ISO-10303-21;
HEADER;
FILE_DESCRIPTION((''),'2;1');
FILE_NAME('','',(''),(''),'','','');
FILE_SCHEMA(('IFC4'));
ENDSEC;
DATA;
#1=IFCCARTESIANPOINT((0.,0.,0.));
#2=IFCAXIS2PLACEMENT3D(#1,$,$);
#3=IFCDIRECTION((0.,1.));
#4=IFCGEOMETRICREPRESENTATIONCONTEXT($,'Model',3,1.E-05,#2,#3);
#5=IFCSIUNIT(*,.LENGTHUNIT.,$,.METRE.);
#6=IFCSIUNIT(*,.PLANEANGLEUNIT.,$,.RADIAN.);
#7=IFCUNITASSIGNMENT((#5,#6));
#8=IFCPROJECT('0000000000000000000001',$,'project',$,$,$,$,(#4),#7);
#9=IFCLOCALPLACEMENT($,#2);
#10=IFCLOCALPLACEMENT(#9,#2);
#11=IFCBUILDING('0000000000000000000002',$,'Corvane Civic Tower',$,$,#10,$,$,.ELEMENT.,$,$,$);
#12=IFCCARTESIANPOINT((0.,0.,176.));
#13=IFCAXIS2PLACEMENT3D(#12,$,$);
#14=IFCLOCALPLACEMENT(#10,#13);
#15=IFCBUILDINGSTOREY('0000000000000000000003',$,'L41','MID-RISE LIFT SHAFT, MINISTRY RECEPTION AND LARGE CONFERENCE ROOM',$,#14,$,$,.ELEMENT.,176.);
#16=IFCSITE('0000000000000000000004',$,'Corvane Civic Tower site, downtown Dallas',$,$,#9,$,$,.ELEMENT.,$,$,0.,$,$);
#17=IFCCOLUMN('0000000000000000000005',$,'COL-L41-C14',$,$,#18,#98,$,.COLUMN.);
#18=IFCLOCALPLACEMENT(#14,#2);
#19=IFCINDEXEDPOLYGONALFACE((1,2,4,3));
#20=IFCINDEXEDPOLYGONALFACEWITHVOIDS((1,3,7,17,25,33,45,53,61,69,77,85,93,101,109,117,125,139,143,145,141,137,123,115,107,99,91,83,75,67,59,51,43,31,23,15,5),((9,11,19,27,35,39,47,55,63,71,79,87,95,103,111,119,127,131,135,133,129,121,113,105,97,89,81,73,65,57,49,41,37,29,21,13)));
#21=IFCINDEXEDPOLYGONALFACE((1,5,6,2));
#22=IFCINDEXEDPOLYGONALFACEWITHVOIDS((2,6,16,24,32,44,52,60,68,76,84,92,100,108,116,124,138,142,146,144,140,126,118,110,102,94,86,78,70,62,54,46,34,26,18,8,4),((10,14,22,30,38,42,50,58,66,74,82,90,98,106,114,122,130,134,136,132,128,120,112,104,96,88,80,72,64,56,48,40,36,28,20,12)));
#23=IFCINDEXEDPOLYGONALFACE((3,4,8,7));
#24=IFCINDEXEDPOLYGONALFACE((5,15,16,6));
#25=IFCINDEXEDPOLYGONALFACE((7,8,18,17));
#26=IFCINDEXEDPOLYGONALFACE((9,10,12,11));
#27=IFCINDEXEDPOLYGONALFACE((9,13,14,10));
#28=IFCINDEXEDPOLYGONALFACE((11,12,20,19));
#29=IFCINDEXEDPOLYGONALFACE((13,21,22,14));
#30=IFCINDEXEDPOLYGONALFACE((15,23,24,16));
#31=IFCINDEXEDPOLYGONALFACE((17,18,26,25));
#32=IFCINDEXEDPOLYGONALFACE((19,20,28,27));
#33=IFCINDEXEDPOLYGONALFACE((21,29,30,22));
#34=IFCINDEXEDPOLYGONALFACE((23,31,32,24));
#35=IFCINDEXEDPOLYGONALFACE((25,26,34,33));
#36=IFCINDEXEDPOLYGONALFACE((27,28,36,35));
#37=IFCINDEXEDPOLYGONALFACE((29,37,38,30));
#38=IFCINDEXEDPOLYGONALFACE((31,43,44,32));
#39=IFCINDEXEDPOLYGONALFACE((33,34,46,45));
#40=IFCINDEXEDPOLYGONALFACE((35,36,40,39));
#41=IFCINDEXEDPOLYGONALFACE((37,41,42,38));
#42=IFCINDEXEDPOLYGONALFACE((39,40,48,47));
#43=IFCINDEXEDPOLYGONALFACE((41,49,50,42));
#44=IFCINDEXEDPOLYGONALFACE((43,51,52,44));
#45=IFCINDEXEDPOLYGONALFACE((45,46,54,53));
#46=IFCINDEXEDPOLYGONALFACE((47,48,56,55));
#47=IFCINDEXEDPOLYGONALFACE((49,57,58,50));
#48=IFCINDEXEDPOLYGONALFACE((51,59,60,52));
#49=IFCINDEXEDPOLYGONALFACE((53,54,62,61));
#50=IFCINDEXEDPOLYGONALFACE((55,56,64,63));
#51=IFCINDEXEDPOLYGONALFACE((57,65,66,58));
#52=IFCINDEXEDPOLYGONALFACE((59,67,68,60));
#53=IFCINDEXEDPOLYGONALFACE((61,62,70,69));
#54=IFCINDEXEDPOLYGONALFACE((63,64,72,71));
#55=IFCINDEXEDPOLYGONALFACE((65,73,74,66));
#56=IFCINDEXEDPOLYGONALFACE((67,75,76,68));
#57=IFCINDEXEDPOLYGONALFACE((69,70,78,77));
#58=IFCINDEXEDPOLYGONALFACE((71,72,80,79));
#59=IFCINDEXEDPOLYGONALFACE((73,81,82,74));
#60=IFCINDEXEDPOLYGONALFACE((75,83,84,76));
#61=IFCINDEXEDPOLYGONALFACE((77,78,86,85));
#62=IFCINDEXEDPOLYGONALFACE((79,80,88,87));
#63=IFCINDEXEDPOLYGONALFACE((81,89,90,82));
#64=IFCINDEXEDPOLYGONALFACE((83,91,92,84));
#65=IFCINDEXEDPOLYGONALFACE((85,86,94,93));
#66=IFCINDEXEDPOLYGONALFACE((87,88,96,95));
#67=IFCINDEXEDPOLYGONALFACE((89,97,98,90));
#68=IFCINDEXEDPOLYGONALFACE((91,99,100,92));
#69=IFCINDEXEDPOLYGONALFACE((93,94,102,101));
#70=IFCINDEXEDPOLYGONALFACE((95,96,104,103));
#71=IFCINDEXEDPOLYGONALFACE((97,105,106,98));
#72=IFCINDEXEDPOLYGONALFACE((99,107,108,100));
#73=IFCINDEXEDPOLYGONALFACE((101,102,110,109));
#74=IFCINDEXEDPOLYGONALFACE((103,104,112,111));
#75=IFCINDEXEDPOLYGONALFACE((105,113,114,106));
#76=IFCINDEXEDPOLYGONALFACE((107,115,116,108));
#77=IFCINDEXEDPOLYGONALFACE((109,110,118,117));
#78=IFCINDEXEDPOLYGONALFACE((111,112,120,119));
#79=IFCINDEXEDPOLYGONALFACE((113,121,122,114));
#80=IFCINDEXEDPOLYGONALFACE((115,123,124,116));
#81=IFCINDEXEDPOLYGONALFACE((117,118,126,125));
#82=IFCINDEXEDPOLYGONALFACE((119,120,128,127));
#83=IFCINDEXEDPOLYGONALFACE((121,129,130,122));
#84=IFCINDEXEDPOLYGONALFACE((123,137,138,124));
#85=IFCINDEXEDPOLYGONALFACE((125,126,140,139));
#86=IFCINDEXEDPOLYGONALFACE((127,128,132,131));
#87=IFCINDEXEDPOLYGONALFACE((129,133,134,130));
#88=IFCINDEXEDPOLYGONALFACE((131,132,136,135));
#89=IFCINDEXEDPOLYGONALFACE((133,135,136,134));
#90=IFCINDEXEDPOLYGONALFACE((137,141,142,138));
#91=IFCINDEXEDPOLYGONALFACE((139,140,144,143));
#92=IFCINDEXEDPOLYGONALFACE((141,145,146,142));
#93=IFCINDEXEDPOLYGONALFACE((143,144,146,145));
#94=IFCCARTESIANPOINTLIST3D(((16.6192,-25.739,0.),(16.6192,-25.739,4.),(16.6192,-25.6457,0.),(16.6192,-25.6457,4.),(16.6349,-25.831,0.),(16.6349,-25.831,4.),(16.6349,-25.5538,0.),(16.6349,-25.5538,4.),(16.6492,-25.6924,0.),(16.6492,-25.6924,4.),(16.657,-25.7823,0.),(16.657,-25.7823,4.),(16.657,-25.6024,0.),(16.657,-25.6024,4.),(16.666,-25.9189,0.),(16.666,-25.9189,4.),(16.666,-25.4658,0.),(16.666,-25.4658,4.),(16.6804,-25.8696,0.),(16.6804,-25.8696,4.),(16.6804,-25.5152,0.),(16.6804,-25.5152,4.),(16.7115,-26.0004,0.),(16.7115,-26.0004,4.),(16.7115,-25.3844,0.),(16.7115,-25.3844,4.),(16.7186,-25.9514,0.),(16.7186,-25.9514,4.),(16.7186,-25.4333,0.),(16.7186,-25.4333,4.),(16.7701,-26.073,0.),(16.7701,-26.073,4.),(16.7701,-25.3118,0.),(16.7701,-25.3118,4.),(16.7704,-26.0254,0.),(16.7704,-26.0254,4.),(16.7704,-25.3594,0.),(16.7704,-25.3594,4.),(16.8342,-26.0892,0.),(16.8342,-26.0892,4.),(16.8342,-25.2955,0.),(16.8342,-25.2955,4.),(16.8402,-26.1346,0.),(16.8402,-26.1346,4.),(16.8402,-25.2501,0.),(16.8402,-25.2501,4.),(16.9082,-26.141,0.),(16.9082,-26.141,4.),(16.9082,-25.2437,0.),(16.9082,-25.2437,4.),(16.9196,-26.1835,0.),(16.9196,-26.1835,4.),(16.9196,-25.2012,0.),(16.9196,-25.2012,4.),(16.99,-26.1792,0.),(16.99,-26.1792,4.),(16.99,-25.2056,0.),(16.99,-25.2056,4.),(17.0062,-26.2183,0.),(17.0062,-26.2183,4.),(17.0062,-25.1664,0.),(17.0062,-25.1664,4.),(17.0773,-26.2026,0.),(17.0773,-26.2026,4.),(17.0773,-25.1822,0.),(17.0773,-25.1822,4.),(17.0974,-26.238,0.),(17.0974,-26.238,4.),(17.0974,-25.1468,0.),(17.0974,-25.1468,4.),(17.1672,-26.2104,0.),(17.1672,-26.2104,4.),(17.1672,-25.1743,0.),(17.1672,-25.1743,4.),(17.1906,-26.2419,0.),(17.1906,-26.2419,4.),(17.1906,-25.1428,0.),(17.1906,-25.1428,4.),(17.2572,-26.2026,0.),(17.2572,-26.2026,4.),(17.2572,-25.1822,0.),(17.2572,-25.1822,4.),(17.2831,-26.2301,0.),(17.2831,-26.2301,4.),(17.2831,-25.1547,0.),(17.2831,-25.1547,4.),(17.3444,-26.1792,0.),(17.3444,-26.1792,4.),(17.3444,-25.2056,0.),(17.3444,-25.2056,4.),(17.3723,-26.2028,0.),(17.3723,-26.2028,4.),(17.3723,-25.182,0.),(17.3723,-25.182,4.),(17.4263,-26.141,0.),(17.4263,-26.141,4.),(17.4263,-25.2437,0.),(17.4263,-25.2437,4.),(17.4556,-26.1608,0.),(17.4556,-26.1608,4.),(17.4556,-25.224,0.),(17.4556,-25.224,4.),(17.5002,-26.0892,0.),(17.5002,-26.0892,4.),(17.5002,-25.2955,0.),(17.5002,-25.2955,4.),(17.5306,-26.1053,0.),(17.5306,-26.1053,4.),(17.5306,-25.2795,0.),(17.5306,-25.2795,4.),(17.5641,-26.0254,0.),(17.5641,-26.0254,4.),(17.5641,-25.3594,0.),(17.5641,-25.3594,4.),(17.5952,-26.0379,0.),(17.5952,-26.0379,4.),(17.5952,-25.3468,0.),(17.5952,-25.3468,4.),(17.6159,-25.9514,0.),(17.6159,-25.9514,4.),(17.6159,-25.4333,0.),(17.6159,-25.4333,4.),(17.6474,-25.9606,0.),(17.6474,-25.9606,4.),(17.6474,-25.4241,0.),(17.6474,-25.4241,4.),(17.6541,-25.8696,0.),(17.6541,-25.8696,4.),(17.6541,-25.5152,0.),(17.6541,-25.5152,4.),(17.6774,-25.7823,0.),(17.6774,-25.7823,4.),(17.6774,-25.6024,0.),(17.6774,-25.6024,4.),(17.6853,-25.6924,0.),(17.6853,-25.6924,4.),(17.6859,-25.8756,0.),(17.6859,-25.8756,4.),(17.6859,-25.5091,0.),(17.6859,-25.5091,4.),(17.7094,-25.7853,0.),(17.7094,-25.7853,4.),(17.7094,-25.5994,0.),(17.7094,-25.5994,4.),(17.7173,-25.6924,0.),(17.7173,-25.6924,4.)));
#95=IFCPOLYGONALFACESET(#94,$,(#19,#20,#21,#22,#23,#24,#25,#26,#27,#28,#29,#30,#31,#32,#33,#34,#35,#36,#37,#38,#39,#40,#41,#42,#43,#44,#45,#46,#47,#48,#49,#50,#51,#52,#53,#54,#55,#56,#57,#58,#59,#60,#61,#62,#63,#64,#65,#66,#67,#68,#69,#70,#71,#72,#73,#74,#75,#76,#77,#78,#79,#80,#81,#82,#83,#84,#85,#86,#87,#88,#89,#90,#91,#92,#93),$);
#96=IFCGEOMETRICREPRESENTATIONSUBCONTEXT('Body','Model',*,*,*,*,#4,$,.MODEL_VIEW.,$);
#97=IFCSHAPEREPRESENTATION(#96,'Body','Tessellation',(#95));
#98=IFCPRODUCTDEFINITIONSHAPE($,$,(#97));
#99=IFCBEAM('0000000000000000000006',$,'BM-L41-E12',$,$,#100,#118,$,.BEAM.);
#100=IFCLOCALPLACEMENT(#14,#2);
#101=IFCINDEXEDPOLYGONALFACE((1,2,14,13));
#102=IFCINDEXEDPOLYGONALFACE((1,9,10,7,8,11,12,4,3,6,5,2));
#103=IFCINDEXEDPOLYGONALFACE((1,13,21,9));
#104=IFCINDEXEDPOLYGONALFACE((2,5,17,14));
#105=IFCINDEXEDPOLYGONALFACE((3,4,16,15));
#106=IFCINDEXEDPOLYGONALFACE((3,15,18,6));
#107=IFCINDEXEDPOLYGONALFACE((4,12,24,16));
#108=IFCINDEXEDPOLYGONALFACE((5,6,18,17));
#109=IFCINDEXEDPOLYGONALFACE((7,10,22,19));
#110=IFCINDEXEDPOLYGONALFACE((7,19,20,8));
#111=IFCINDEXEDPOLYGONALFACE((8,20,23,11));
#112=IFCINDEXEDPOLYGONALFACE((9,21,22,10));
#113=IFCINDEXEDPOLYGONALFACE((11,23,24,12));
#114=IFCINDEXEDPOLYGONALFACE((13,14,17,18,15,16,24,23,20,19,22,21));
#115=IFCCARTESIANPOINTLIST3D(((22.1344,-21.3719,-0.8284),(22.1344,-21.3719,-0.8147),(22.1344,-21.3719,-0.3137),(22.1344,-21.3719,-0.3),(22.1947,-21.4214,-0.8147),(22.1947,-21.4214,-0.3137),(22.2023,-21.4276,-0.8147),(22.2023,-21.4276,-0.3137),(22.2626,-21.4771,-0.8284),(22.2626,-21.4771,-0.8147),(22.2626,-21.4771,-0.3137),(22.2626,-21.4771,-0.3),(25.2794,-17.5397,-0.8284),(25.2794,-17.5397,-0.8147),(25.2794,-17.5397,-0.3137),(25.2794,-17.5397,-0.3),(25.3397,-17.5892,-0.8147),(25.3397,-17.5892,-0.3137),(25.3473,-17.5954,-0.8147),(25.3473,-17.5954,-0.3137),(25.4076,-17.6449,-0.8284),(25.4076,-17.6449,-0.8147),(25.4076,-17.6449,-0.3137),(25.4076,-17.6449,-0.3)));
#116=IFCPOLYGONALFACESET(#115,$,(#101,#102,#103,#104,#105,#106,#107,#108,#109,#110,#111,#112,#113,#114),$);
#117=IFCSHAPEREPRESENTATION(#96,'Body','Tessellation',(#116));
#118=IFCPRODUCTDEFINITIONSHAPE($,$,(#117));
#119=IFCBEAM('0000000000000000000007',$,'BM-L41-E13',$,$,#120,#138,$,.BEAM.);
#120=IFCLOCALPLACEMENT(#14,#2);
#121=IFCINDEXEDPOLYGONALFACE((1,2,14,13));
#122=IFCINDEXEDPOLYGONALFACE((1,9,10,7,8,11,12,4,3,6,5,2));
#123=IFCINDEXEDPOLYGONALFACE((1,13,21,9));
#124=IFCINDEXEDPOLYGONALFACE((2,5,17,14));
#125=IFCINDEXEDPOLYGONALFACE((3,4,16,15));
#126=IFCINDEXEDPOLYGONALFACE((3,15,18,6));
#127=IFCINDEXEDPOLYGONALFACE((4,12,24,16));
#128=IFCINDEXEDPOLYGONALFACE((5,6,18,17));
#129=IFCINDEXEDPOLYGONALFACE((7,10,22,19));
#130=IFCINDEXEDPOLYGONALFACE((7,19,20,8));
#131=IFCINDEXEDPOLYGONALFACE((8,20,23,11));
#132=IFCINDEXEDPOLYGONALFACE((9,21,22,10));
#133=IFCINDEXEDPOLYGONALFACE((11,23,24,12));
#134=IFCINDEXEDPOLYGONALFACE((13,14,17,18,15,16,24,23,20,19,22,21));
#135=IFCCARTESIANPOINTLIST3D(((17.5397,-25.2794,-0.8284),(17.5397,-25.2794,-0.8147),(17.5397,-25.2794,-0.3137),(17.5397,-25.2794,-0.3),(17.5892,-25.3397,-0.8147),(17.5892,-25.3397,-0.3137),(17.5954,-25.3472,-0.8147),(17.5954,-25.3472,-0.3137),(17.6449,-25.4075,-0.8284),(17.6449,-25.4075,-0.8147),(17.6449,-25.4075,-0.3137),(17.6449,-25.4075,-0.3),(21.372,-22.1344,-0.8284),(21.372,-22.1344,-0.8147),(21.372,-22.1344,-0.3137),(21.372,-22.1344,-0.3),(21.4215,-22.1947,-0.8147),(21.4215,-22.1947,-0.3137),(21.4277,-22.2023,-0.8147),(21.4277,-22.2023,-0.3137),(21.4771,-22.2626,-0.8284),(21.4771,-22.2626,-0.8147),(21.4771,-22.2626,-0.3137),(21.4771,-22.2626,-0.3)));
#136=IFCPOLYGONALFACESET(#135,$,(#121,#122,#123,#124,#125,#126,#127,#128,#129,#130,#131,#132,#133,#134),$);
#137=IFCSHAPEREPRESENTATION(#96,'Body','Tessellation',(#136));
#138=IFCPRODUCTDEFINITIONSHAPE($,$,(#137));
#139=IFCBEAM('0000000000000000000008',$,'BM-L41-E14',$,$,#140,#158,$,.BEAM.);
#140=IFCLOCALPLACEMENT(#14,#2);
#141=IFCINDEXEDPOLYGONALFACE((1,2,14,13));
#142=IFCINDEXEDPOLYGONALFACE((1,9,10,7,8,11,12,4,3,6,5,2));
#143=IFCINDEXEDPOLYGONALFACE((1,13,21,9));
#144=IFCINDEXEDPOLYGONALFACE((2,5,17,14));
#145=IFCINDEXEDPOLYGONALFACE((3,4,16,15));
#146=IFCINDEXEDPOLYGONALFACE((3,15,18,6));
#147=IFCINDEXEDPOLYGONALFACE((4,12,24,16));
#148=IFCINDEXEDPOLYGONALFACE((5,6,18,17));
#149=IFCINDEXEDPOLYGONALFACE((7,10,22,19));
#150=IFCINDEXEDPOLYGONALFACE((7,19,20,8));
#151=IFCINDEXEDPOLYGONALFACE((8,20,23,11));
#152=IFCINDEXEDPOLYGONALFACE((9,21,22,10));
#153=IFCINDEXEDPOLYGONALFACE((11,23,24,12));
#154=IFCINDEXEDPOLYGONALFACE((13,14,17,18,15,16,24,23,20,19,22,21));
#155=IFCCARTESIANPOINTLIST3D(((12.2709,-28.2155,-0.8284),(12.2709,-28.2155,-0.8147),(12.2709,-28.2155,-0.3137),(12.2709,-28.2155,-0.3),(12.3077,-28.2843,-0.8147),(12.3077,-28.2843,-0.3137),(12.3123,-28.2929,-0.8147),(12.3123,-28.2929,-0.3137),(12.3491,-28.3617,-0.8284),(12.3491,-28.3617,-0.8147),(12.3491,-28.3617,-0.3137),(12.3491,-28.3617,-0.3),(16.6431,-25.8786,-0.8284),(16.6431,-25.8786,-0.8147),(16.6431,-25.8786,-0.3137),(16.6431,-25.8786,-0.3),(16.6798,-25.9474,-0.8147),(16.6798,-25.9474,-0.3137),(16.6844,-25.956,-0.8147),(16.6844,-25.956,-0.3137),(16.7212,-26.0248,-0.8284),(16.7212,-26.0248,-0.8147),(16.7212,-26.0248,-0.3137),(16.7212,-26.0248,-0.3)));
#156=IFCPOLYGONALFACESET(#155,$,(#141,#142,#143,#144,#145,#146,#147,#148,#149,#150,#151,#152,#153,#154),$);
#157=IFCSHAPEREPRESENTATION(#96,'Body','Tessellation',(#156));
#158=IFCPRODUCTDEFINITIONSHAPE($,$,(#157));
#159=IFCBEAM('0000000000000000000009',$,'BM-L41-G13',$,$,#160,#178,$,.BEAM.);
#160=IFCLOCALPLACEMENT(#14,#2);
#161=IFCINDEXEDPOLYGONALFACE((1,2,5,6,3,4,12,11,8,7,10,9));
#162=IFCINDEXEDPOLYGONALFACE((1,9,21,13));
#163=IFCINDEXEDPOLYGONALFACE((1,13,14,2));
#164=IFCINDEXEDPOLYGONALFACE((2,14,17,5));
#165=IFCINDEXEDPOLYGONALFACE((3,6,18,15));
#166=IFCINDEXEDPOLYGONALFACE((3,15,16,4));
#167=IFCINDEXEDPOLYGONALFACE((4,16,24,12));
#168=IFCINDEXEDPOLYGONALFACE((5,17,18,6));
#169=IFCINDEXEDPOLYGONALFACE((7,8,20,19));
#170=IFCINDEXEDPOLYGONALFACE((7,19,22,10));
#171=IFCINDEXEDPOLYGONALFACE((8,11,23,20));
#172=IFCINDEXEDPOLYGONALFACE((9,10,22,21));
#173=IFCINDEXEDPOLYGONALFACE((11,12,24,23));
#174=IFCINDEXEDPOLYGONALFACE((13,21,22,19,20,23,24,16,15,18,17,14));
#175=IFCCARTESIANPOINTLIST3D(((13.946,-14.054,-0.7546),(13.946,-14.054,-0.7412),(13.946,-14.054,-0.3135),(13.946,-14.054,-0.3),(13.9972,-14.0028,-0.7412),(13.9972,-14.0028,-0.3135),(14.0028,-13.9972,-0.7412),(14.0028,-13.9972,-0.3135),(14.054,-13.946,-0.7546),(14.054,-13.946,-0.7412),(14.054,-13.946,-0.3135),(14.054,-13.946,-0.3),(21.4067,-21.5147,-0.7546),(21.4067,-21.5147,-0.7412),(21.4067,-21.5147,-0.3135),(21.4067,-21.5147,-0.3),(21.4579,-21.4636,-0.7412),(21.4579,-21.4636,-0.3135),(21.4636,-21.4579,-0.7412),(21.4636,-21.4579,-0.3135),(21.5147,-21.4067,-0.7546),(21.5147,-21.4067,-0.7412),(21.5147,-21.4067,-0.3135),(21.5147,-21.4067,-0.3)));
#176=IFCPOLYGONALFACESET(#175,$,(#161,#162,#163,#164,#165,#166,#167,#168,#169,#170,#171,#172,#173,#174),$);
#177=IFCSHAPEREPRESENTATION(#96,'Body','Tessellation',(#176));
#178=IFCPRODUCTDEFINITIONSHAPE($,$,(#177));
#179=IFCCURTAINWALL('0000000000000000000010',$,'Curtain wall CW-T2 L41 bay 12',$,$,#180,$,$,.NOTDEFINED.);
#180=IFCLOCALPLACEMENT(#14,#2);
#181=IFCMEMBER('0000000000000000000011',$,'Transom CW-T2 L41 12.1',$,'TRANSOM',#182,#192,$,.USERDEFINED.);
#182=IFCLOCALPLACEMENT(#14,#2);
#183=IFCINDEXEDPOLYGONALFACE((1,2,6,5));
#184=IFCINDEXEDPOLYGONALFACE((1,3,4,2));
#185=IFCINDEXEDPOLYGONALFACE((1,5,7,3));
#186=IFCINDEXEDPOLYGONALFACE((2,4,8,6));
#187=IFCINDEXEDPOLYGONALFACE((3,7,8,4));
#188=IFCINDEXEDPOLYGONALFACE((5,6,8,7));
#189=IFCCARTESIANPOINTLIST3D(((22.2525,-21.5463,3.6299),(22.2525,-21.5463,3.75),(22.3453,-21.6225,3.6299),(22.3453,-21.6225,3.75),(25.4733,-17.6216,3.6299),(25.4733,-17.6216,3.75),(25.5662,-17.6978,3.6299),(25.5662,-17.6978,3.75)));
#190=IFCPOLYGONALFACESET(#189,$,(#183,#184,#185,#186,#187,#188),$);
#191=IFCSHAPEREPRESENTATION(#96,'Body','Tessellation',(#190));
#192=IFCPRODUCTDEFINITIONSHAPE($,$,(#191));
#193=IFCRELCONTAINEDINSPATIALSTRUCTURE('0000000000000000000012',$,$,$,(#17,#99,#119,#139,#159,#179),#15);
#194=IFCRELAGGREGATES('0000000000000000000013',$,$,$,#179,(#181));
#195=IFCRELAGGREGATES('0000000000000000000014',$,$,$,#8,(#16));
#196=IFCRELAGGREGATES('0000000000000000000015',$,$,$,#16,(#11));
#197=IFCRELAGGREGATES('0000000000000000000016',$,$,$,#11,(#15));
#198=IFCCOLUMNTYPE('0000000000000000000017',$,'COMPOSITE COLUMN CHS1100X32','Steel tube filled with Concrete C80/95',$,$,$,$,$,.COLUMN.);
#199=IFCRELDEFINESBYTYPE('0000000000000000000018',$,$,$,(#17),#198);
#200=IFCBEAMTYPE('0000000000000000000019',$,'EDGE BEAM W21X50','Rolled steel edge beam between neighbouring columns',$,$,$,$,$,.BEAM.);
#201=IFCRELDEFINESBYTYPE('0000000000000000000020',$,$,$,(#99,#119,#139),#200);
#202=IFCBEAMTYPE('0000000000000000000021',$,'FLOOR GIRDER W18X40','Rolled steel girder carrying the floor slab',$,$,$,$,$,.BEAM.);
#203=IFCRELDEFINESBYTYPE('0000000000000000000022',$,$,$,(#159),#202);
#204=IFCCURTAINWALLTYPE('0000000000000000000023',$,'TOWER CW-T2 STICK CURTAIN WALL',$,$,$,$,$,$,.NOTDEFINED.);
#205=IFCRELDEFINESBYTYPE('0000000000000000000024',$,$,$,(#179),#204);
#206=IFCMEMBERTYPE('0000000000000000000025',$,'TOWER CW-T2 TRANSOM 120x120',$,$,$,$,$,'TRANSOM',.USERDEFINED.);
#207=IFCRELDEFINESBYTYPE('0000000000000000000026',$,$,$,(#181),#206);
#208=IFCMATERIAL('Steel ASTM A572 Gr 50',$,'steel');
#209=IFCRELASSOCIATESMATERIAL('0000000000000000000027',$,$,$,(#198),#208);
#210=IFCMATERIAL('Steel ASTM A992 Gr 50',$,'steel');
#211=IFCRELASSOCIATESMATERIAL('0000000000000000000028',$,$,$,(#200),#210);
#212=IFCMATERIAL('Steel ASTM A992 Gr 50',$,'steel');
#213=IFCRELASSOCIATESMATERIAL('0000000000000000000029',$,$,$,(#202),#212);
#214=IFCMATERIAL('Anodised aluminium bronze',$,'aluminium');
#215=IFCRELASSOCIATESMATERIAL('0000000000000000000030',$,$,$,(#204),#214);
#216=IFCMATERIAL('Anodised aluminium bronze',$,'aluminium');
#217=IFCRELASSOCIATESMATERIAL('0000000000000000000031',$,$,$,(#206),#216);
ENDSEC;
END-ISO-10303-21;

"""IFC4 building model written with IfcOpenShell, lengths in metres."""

from ifc_helpers import new_model, si_unit, direction, frame, origin, origin_2d, place, context, subcontext, project, spatial, rectangle, hollow_circle, i_section, extrude, material, material_profile, profile_set, type_object, element, aggregate, save


model = new_model("IFC4")

# Units and contexts
model_context = context("Model", 3, precision=1e-05, world=origin(), true_north=direction((0.0, 1.0)))
body_context = subcontext(model_context, "Body", "Model", "MODEL_VIEW")
ifc_project = project(units=[si_unit("LENGTHUNIT", "METRE"), si_unit("PLANEANGLEUNIT", "RADIAN")], contexts=[model_context])

# Site, building, storey
site_placement = place(None, origin())
site = spatial("IfcSite", under=ifc_project, at=site_placement, Name="Corvane Civic Tower site, downtown Dallas", CompositionType="ELEMENT", RefElevation=0.0)
building_placement = place(site_placement, origin())
building = spatial("IfcBuilding", under=site, at=building_placement, Name="Corvane Civic Tower", CompositionType="ELEMENT")
storey_placement = place(building_placement, frame((0.0, 0.0, 176.0)))
storey = spatial("IfcBuildingStorey", under=building, at=storey_placement, Name="L41", Description="MID-RISE LIFT SHAFT, MINISTRY RECEPTION AND LARGE CONFERENCE ROOM", CompositionType="ELEMENT", Elevation=176.0)

# Column
ifc_material_1 = material(Name="Steel ASTM A572 Gr 50", Category="steel")
ifc_material_profile_1 = material_profile(ifc_material_1, hollow_circle(Radius=0.55, WallThickness=0.032, at=origin_2d()), Name="CHS1100X32")
ifc_profile_set_1 = profile_set([ifc_material_profile_1], Name="Steel ASTM A572 Gr 50")
column_type = type_object("IfcColumnType", Name="COMPOSITE COLUMN CHS1100X32", Description="Steel tube filled with Concrete C80/95", PredefinedType="COLUMN", material=ifc_profile_set_1)
for number, where, z_axis, x_axis, name in (
    (1, (17.1672, -25.6924, 0.0), (0.0, 0.0, 1.0), (1.0, 0.0, 0.0), "COL-L41-C14"),
):
    element("IfcColumn", number, at=place(storey_placement, frame(where, z_axis=z_axis, x_axis=x_axis)), inside=storey, type_object=column_type, Name=name, PredefinedType="COLUMN", context=body_context, shape_type="SweptSolid", body=[
        extrude(hollow_circle(Radius=0.55, WallThickness=0.032, at=origin_2d()), origin(), (0.0, 0.0, 1.0), 4.0),
    ])

# Beams
ifc_material_2 = material(Name="Steel ASTM A992 Gr 50", Category="steel")
ifc_material_profile_2 = material_profile(ifc_material_2, i_section(OverallWidth=0.1658, OverallDepth=0.5283, WebThickness=0.0098, FlangeThickness=0.0137, at=origin_2d()), Name="W21X50")
ifc_profile_set_2 = profile_set([ifc_material_profile_2], Name="Steel ASTM A992 Gr 50")
beam_type_1 = type_object("IfcBeamType", Name="EDGE BEAM W21X50", Description="Rolled steel edge beam between neighbouring columns", PredefinedType="BEAM", material=ifc_profile_set_2)
for number, where, z_axis, x_axis, name in (
    (2, (25.3435, -17.5923, -0.5642), (-0.634388, -0.773015, 0.0), (0.773015, -0.634388, 0.0), "BM-L41-E12"),
    (3, (21.4246, -22.1985, -0.5642), (-0.773015, -0.634388, 0.0), (0.634388, -0.773015, 0.0), "BM-L41-E13"),
    (4, (16.6821, -25.9517, -0.5642), (-0.881922, -0.471396, 0.0), (0.471396, -0.881922, 0.0), "BM-L41-E14"),
):
    element("IfcBeam", number, at=place(storey_placement, frame(where, z_axis=z_axis, x_axis=x_axis)), inside=storey, type_object=beam_type_1, Name=name, PredefinedType="BEAM", context=body_context, shape_type="SweptSolid", body=[
        extrude(i_section(OverallWidth=0.1658, OverallDepth=0.5283, WebThickness=0.0098, FlangeThickness=0.0137, at=origin_2d()), origin(), (0.0, 0.0, 1.0), 4.9575),
    ])
ifc_material_3 = material(Name="Steel ASTM A992 Gr 50", Category="steel")
ifc_material_profile_3 = material_profile(ifc_material_3, i_section(OverallWidth=0.1528, OverallDepth=0.4546, WebThickness=0.0081, FlangeThickness=0.0134, at=origin_2d()), Name="W18X40")
ifc_profile_set_3 = profile_set([ifc_material_profile_3], Name="Steel ASTM A992 Gr 50")
beam_type_2 = type_object("IfcBeamType", Name="FLOOR GIRDER W18X40", Description="Rolled steel girder carrying the floor slab", PredefinedType="BEAM", material=ifc_profile_set_3)
beam_placement = place(storey_placement, frame((14.0, -14.0, -0.5273), z_axis=(0.707107, -0.707107, 0.0), x_axis=(0.707107, 0.707107, 0.0)))
element("IfcBeam", 5, at=beam_placement, inside=storey, type_object=beam_type_2, Name="BM-L41-G13", PredefinedType="BEAM", context=body_context, shape_type="SweptSolid", body=[
    extrude(i_section(OverallWidth=0.1528, OverallDepth=0.4546, WebThickness=0.0081, FlangeThickness=0.0134, at=origin_2d()), origin(), (0.0, 0.0, 1.0), 10.551),
])

# Curtain wall, member
ifc_material_4 = material(Name="Anodised aluminium bronze", Category="aluminium")
curtain_wall_type = type_object("IfcCurtainWallType", Name="TOWER CW-T2 STICK CURTAIN WALL", PredefinedType="NOTDEFINED", material=ifc_material_4)
curtain_wall_1_placement = place(storey_placement, origin())
curtain_wall_1 = element("IfcCurtainWall", 6, at=curtain_wall_1_placement, inside=storey, type_object=curtain_wall_type, Name="Curtain wall CW-T2 L41 bay 12", PredefinedType="NOTDEFINED")
ifc_material_5 = material(Name="Anodised aluminium bronze", Category="aluminium")
ifc_material_profile_4 = material_profile(ifc_material_5, rectangle(XDim=0.1201, YDim=0.1201, at=origin_2d()), Name="TOWER CW-T2 TRANSOM 120x120")
ifc_profile_set_4 = profile_set([ifc_material_profile_4], Name="Anodised aluminium bronze")
member_type = type_object("IfcMemberType", Name="TOWER CW-T2 TRANSOM 120x120", ElementType="TRANSOM", PredefinedType="USERDEFINED", material=ifc_profile_set_4)
member_1_placement = place(storey_placement, frame((25.5198, -17.6597, 3.6899), z_axis=(-0.634387, -0.773016, 0.0), x_axis=(0.773016, -0.634387, 0.0)))
member_1 = element("IfcMember", 7, at=member_1_placement, type_object=member_type, Name="Transom CW-T2 L41 12.1", ObjectType="TRANSOM", PredefinedType="USERDEFINED", context=body_context, shape_type="SweptSolid", body=[
    extrude(rectangle(XDim=0.1201, YDim=0.1201, at=origin_2d()), origin(), (0.0, 0.0, 1.0), 5.0771),
])

aggregate(curtain_wall_1, [member_1])

save(model, "model.ifc")
